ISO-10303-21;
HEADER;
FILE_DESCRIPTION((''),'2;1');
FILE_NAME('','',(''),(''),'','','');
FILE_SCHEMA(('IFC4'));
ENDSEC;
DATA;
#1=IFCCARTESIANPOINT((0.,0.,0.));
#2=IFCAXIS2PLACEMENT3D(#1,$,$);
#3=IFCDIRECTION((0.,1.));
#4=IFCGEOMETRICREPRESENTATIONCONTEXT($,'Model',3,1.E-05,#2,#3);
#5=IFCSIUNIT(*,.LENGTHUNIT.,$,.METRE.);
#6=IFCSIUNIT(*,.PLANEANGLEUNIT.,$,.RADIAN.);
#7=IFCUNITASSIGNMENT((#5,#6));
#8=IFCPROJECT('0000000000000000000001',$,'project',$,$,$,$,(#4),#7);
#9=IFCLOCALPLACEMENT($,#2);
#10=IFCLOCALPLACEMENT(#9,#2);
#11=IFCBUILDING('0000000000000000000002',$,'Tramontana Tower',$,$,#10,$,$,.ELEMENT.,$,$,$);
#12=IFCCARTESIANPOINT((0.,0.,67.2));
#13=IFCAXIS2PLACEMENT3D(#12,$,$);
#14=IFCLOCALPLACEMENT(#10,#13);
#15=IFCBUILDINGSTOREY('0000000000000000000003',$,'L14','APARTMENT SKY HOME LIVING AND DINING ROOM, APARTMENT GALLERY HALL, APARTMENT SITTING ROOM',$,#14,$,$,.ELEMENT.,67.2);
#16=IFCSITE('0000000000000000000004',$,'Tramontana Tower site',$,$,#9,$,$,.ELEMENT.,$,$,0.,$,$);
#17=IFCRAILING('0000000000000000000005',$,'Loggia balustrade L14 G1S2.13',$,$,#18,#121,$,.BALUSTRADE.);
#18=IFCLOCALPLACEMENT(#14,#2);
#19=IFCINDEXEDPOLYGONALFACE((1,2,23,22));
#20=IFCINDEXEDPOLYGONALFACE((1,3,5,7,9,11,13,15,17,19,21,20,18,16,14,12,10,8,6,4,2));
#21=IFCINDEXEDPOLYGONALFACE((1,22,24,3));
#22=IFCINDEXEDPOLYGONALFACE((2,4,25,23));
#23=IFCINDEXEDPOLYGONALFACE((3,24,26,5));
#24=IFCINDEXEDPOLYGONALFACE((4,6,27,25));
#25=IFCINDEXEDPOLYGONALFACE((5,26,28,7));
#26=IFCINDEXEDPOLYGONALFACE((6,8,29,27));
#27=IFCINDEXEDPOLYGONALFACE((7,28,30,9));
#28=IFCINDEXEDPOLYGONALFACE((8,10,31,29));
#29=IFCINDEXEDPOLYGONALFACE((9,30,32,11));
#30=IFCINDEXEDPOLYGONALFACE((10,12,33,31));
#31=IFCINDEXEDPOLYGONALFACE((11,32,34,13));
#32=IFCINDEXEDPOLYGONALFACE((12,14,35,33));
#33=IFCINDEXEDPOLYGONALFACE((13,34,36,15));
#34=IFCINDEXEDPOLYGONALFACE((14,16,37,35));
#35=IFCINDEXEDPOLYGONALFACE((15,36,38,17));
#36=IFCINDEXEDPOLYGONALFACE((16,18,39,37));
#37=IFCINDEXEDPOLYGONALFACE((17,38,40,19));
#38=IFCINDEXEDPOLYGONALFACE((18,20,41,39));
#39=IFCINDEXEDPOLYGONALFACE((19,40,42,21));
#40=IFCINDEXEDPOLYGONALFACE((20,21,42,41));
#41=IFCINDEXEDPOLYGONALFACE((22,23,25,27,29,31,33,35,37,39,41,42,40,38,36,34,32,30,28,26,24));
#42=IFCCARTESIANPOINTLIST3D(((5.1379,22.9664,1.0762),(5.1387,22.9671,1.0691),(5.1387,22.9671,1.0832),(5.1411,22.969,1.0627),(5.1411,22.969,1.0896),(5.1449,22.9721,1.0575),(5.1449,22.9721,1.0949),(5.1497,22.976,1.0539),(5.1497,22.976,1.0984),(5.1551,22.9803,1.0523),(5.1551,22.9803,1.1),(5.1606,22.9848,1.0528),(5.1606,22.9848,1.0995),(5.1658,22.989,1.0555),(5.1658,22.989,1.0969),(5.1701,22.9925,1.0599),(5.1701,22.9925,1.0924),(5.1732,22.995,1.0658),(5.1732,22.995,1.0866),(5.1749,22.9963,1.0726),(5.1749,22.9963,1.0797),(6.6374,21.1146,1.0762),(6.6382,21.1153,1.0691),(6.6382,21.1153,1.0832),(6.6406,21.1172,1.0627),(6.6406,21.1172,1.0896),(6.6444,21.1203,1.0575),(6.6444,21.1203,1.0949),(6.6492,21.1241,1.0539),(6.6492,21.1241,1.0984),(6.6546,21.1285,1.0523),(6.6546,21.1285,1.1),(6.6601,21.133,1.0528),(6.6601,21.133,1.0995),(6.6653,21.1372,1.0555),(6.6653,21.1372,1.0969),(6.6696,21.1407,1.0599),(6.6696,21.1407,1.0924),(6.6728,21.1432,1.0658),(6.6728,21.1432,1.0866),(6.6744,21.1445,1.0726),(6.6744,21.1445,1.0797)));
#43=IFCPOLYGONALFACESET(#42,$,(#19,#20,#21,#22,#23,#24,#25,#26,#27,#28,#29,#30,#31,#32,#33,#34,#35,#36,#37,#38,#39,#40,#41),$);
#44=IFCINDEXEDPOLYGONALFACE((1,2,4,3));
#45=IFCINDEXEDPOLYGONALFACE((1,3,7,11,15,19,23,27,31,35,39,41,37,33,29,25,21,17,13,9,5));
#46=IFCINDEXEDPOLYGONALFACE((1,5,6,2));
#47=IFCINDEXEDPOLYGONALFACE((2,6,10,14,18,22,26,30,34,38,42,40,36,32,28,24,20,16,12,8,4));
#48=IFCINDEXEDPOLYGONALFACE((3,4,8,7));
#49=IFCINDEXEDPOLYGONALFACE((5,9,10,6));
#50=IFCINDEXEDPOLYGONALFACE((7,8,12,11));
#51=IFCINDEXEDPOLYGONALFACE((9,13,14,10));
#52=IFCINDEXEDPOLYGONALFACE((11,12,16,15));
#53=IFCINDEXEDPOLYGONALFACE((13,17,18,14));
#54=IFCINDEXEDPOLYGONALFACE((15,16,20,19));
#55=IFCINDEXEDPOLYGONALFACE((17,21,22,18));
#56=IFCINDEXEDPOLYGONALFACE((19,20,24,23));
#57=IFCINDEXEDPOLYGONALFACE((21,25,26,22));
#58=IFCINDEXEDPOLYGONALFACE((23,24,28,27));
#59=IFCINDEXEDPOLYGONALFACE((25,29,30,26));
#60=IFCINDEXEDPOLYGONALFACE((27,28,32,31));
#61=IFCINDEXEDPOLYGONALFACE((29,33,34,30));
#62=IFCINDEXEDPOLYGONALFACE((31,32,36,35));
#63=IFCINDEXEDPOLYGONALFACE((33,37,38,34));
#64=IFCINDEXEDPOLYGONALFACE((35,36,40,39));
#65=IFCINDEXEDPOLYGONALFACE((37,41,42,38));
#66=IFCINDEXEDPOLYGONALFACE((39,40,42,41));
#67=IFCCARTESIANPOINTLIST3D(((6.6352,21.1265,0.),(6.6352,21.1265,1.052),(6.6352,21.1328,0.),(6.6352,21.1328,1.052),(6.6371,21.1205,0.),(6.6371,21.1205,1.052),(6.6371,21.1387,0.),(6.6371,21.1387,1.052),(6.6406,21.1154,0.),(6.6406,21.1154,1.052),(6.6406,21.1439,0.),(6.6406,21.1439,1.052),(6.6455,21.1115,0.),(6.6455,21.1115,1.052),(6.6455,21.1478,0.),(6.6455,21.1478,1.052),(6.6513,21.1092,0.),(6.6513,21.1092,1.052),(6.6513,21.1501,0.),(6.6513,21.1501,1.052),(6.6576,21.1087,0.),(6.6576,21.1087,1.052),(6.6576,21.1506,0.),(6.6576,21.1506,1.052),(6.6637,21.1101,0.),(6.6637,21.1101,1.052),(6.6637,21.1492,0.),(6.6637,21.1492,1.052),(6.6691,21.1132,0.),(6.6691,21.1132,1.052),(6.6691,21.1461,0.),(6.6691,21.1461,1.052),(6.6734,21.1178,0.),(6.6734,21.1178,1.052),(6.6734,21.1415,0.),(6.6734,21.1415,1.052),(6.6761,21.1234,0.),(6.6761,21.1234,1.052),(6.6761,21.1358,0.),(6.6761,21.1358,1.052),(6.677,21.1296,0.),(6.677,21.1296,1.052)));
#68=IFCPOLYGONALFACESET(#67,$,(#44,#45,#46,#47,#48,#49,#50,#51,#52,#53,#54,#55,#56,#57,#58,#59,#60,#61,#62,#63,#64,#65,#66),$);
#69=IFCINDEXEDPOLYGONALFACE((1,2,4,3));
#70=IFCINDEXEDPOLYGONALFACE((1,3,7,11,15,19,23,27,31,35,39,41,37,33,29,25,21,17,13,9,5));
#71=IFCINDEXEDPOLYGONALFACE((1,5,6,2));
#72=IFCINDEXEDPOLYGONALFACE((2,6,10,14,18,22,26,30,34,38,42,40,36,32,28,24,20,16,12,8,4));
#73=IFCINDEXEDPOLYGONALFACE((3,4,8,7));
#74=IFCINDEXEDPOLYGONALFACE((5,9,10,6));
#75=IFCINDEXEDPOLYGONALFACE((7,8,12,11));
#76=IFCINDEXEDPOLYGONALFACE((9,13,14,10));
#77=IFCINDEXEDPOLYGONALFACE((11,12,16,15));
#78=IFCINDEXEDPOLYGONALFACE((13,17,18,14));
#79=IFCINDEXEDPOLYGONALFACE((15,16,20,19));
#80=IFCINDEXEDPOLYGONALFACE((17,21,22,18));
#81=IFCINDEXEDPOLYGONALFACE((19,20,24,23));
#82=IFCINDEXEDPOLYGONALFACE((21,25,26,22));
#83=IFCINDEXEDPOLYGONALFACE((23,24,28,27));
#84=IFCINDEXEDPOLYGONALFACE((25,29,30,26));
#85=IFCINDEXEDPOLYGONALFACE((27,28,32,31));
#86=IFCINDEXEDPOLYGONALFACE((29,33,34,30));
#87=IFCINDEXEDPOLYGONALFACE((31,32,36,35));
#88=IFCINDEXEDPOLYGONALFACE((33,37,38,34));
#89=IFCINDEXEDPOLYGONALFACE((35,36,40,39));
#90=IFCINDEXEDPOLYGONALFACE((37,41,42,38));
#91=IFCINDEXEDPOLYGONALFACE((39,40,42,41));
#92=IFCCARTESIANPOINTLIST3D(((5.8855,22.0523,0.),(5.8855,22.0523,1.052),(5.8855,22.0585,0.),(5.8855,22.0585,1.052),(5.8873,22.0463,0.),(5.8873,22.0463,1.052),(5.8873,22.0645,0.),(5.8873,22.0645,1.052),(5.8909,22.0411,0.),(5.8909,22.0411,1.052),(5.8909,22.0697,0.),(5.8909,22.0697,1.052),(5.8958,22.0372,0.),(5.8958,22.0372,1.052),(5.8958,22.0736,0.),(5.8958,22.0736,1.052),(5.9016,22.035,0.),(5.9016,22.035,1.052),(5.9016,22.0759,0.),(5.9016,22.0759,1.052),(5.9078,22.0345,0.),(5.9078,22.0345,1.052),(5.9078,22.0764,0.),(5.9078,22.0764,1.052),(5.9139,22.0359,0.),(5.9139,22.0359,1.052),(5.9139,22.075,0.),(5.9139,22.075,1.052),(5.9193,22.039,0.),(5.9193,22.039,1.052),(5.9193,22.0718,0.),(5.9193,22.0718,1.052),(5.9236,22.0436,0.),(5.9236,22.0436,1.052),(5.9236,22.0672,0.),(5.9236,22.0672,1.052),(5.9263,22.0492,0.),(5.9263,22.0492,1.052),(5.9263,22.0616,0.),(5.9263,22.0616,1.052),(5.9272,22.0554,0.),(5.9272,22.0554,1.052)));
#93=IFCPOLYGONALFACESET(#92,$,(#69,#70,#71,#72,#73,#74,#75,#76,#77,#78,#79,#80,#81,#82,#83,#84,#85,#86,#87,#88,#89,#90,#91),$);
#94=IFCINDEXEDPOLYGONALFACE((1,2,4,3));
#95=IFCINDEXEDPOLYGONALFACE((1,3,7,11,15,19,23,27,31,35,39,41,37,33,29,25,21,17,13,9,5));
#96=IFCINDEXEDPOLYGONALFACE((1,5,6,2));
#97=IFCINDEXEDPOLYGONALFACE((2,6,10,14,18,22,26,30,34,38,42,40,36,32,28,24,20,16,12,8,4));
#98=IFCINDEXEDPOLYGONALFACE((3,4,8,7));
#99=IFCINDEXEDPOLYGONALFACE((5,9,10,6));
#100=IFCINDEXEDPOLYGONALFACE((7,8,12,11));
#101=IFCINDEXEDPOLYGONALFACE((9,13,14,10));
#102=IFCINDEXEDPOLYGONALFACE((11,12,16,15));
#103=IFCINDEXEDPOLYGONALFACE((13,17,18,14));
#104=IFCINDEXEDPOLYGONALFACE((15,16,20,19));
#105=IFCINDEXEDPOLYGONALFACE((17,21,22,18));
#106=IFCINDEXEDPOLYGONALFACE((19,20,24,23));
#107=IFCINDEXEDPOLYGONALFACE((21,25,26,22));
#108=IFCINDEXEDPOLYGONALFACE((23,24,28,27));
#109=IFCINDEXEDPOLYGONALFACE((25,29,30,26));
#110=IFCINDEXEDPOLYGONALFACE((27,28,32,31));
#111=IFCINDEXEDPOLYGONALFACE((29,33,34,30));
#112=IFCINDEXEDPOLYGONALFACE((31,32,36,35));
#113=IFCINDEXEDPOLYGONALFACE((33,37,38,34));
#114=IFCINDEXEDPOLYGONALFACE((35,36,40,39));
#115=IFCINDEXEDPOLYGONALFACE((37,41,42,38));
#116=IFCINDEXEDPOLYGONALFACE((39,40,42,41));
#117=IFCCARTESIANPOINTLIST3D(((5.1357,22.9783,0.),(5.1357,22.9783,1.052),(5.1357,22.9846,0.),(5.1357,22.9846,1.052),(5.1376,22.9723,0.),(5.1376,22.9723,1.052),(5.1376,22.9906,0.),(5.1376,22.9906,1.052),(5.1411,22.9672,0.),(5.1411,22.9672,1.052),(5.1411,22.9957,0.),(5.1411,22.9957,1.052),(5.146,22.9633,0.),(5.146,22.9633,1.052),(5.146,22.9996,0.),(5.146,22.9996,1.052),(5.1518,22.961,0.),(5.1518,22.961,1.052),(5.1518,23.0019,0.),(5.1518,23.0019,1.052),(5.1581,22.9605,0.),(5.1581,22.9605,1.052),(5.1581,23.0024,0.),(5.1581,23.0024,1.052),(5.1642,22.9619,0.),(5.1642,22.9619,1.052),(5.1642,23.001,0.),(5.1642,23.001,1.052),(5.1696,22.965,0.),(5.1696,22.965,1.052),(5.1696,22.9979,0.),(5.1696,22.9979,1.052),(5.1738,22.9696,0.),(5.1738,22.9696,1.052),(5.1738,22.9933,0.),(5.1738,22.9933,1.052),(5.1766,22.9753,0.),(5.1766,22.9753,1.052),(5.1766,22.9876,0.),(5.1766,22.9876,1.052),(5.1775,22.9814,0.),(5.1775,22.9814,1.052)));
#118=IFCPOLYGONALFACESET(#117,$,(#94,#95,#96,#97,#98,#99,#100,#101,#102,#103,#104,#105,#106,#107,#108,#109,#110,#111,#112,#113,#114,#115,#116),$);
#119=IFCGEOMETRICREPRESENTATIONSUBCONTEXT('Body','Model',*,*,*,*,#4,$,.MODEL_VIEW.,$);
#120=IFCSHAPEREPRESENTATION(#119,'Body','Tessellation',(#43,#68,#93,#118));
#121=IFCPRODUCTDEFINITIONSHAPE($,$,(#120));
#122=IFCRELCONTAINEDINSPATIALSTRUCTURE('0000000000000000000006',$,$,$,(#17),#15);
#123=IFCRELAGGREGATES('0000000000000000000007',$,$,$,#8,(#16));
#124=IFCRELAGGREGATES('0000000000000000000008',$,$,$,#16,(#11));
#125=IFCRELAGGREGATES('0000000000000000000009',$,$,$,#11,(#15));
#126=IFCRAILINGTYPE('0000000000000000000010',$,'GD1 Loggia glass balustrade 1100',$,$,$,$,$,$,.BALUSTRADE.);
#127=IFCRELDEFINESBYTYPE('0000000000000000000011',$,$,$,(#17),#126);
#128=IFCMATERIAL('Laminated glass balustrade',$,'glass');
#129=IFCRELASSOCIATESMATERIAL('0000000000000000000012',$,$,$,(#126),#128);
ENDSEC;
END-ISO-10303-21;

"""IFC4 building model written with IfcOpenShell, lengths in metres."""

from ifc_helpers import new_model, si_unit, direction, frame, origin, origin_2d, place, context, subcontext, project, spatial, circle, extrude, material, type_object, element, save


model = new_model("IFC4")

# Units and contexts
model_context = context("Model", 3, precision=1e-05, world=origin(), true_north=direction((0.0, 1.0)))
body_context = subcontext(model_context, "Body", "Model", "MODEL_VIEW")
ifc_project = project(units=[si_unit("LENGTHUNIT", "METRE"), si_unit("PLANEANGLEUNIT", "RADIAN")], contexts=[model_context])

# Site, building, storey
site_placement = place(None, origin())
site = spatial("IfcSite", under=ifc_project, at=site_placement, Name="Tramontana Tower site", CompositionType="ELEMENT", RefElevation=0.0)
building_placement = place(site_placement, origin())
building = spatial("IfcBuilding", under=site, at=building_placement, Name="Tramontana Tower", CompositionType="ELEMENT")
storey_placement = place(building_placement, frame((0.0, 0.0, 67.2)))
storey = spatial("IfcBuildingStorey", under=building, at=storey_placement, Name="L14", Description="APARTMENT SKY HOME LIVING AND DINING ROOM, APARTMENT GALLERY HALL, APARTMENT SITTING ROOM", CompositionType="ELEMENT", Elevation=67.2)

# Railing
ifc_material_1 = material(Name="Laminated glass balustrade", Category="glass")
railing_type = type_object("IfcRailingType", Name="GD1 Loggia glass balustrade 1100", PredefinedType="BALUSTRADE", material=ifc_material_1)
railing_1_placement = place(storey_placement, frame((6.656, 21.1296, 0.0)))
element("IfcRailing", 1, at=railing_1_placement, inside=storey, type_object=railing_type, Name="Loggia balustrade L14 G1S2.13", PredefinedType="BALUSTRADE", context=body_context, shape_type="SweptSolid", body=[
    extrude(circle(Radius=0.0239, at=origin_2d()), frame((0.0, 0.0, 1.0762), z_axis=(-0.629307, 0.777157, 0.0), x_axis=(-0.777157, -0.629307, 0.0)), (0.0, 0.0, 1.0), 2.3828),
    extrude(circle(Radius=0.021, at=origin_2d()), origin(), (0.0, 0.0, 1.0), 1.052),
    extrude(circle(Radius=0.021, at=origin_2d()), frame((-0.7498, 0.9258, 0.0)), (0.0, 0.0, 1.0), 1.052),
    extrude(circle(Radius=0.021, at=origin_2d()), frame((-1.4995, 1.8518, 0.0)), (0.0, 0.0, 1.0), 1.052),
])

save(model, "model.ifc")
